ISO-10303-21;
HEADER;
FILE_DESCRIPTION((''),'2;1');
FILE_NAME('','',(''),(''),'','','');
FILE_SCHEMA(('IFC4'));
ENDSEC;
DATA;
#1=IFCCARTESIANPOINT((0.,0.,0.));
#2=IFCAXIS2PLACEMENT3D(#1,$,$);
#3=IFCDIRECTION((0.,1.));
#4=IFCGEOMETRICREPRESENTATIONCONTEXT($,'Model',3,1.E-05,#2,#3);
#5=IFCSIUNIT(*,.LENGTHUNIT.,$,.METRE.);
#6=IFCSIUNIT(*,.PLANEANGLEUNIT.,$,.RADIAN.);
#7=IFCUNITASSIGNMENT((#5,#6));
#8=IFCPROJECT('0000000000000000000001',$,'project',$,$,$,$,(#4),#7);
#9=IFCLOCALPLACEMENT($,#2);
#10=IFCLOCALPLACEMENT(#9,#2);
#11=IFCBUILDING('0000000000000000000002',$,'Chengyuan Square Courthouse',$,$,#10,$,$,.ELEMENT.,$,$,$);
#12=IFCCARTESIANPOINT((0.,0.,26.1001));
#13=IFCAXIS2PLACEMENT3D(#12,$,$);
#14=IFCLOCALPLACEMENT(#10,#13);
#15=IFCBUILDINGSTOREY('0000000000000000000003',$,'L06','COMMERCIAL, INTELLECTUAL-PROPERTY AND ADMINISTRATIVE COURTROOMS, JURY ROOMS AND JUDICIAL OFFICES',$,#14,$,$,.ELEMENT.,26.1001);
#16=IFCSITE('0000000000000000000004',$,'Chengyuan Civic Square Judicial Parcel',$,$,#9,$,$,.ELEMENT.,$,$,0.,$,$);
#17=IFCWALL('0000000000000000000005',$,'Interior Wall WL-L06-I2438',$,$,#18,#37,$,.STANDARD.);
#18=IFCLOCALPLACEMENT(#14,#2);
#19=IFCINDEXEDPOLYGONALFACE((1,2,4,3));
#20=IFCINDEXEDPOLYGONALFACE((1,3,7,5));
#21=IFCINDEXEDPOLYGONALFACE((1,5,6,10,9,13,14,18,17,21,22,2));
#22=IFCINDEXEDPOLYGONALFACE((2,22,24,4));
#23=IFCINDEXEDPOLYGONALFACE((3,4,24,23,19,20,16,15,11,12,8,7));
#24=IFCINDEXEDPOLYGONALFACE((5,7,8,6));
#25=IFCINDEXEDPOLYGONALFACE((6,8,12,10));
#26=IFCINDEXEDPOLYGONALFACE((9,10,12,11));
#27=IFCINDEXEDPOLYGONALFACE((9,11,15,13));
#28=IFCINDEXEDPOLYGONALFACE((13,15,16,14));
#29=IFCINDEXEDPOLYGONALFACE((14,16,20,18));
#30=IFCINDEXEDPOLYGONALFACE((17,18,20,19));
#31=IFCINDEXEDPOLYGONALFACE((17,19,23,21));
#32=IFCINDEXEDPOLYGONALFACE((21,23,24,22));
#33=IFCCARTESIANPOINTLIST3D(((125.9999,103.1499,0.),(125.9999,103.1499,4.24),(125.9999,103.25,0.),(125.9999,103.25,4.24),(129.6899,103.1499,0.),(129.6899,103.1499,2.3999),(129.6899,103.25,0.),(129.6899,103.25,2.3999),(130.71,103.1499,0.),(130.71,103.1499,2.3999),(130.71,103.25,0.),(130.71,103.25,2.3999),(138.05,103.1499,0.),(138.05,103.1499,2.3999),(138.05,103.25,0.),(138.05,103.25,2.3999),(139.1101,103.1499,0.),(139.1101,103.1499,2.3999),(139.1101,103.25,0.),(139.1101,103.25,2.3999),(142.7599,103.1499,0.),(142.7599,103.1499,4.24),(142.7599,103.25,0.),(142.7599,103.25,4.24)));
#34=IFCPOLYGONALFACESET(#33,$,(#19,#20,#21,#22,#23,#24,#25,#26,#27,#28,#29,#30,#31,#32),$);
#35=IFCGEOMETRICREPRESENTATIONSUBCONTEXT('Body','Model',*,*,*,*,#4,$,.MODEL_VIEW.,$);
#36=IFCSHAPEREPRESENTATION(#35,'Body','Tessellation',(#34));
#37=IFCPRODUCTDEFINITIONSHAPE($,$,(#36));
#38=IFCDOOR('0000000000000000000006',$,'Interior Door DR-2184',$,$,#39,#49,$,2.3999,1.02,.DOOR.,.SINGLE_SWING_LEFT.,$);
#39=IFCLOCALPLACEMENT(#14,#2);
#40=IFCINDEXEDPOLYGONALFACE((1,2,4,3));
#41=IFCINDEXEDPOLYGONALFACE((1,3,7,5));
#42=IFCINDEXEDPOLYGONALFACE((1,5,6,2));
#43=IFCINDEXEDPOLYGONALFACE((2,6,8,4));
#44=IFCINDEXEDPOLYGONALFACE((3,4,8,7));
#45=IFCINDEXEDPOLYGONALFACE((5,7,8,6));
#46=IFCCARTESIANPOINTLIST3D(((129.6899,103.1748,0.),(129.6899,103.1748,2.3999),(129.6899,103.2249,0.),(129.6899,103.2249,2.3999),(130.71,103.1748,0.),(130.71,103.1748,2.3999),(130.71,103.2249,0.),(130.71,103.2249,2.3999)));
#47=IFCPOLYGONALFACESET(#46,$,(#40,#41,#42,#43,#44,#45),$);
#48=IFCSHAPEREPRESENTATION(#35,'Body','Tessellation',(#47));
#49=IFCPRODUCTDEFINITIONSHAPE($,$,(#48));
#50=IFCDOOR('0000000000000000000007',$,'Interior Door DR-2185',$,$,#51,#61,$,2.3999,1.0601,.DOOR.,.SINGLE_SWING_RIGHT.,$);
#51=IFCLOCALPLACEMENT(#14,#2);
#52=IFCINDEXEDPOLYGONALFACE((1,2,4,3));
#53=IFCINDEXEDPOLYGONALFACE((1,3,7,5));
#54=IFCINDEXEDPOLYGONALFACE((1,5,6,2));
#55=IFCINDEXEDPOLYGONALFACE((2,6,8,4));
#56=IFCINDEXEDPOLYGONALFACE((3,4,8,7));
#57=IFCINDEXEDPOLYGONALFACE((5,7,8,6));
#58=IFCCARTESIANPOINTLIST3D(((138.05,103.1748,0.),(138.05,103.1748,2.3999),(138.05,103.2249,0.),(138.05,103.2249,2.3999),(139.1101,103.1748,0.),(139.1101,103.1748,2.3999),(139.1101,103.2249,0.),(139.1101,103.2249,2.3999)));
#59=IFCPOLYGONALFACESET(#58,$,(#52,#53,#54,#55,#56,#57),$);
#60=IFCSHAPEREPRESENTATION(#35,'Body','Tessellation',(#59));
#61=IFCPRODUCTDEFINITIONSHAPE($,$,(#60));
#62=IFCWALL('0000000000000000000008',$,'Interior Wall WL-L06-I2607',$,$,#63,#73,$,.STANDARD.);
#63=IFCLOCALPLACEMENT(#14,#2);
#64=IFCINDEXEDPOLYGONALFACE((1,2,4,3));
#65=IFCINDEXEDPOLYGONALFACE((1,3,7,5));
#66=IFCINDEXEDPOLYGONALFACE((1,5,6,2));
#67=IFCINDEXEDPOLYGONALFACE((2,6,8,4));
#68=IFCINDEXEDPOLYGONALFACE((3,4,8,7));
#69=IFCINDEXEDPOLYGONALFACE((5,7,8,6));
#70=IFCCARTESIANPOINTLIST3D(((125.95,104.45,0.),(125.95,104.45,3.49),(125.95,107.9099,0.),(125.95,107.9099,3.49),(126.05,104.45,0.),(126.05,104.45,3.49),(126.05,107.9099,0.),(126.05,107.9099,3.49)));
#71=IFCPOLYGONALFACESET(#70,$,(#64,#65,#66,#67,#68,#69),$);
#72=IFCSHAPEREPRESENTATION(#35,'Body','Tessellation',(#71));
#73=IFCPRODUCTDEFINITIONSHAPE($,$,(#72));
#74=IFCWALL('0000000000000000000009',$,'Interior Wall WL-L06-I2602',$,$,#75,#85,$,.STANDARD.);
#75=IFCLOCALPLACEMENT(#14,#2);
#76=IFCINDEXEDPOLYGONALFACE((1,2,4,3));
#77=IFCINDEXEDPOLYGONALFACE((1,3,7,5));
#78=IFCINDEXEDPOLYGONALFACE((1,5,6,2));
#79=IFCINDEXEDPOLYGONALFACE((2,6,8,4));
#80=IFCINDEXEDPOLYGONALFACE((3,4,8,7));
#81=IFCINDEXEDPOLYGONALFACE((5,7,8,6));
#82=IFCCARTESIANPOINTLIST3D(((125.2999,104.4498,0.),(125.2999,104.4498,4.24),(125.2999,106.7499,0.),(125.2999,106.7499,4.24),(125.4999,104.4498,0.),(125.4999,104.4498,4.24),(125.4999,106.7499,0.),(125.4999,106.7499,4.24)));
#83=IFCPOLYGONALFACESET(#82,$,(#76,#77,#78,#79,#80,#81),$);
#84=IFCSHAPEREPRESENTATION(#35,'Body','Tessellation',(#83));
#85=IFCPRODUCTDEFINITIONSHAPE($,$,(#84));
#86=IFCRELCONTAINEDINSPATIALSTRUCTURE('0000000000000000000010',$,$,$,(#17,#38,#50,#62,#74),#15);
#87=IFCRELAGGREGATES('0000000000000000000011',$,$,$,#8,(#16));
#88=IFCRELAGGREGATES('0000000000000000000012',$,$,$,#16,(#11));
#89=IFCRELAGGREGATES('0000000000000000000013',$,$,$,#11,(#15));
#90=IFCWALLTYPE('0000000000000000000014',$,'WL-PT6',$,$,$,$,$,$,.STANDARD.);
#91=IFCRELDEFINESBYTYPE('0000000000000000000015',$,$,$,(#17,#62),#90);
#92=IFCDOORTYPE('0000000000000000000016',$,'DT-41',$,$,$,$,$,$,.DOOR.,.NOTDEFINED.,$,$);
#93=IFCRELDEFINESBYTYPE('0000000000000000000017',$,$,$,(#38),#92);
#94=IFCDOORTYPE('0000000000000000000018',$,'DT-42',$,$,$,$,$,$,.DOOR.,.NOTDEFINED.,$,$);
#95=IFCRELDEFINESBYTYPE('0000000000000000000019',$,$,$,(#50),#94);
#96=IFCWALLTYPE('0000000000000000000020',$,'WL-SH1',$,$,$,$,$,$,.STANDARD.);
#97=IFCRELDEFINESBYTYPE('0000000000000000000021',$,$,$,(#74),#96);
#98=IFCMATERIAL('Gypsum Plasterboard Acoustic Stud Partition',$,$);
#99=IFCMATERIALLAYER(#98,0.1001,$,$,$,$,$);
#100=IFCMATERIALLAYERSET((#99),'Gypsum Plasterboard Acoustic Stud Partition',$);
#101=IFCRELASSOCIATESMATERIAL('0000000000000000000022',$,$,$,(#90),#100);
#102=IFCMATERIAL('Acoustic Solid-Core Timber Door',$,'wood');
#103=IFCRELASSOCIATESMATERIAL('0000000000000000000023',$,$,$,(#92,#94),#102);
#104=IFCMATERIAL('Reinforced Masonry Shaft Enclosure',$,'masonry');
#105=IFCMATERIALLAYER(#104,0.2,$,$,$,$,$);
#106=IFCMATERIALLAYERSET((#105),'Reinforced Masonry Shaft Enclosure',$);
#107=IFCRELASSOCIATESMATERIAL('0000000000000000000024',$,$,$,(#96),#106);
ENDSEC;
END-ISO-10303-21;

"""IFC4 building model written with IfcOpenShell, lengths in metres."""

from ifc_helpers import new_model, si_unit, direction, frame, frame_2d, origin, place, context, subcontext, project, spatial, rectangle, extrude, material, layer, layer_set, type_object, element, fill, save


model = new_model("IFC4")

# Units and contexts
model_context = context("Model", 3, precision=1e-05, world=origin(), true_north=direction((0.0, 1.0)))
body_context = subcontext(model_context, "Body", "Model", "MODEL_VIEW")
ifc_project = project(units=[si_unit("LENGTHUNIT", "METRE"), si_unit("PLANEANGLEUNIT", "RADIAN")], contexts=[model_context])

# Site, building, storey
site_placement = place(None, origin())
site = spatial("IfcSite", under=ifc_project, at=site_placement, Name="Chengyuan Civic Square Judicial Parcel", CompositionType="ELEMENT", RefElevation=0.0)
building_placement = place(site_placement, origin())
building = spatial("IfcBuilding", under=site, at=building_placement, Name="Chengyuan Square Courthouse", CompositionType="ELEMENT")
storey_placement = place(building_placement, frame((0.0, 0.0, 26.1001)))
storey = spatial("IfcBuildingStorey", under=building, at=storey_placement, Name="L06", Description="COMMERCIAL, INTELLECTUAL-PROPERTY AND ADMINISTRATIVE COURTROOMS, JURY ROOMS AND JUDICIAL OFFICES", CompositionType="ELEMENT", Elevation=26.1001)

# Wall, openings, doors
ifc_material_1 = material(Name="Gypsum Plasterboard Acoustic Stud Partition")
ifc_layer_1 = layer(ifc_material_1, 0.1001)
ifc_layer_set_1 = layer_set([ifc_layer_1], Name="Gypsum Plasterboard Acoustic Stud Partition")
wall_type_1 = type_object("IfcWallType", Name="WL-PT6", PredefinedType="STANDARD", material=ifc_layer_set_1)
wall_1_placement = place(storey_placement, frame((126.0, 103.2, 0.0), z_axis=(0.0, 0.0, 1.0), x_axis=(1.0, 0.0, 0.0)))
wall_1 = element("IfcWall", 1, at=wall_1_placement, inside=storey, type_object=wall_type_1, Name="Interior Wall WL-L06-I2438", PredefinedType="STANDARD", context=body_context, shape_type="SweptSolid", body=[
    extrude(rectangle(XDim=16.76, YDim=0.1001, at=frame_2d((8.3799, 0.0))), origin(), (0.0, 0.0, 1.0), 4.24),
])
opening_1_placement = place(wall_1_placement, frame((3.6899, 0.0, 0.0)))
opening_1 = element("IfcOpeningElement", 2, at=opening_1_placement, cuts=wall_1, PredefinedType="OPENING", context=body_context, shape_type="SweptSolid", body=[
    extrude(rectangle(XDim=1.02, YDim=2.3999, at=frame_2d((0.51, 1.2))), frame((0.0, 0.062, 0.0), z_axis=(0.0, -1.0, 0.0), x_axis=(1.0, 0.0, 0.0)), (0.0, 0.0, 1.0), 0.124),
])
opening_2_placement = place(wall_1_placement, frame((12.05, 0.0, 0.0)))
opening_2 = element("IfcOpeningElement", 3, at=opening_2_placement, cuts=wall_1, PredefinedType="OPENING", context=body_context, shape_type="SweptSolid", body=[
    extrude(rectangle(XDim=1.0601, YDim=2.3999, at=frame_2d((0.53, 1.2))), frame((0.0, 0.062, 0.0), z_axis=(0.0, -1.0, 0.0), x_axis=(1.0, 0.0, 0.0)), (0.0, 0.0, 1.0), 0.124),
])
ifc_material_2 = material(Name="Acoustic Solid-Core Timber Door", Category="wood")
door_type_1 = type_object("IfcDoorType", Name="DT-41", OperationType="NOTDEFINED", PredefinedType="DOOR", material=ifc_material_2)
door_1_placement = place(opening_1_placement, origin())
door_1 = element("IfcDoor", 4, at=door_1_placement, inside=storey, type_object=door_type_1, Name="Interior Door DR-2184", OperationType="SINGLE_SWING_LEFT", OverallHeight=2.3999, OverallWidth=1.02, PredefinedType="DOOR", context=body_context, shape_type="SweptSolid", body=[
    extrude(rectangle(XDim=1.02, YDim=2.3999, at=frame_2d((0.51, 1.2))), frame((0.0, 0.0249, 0.0), z_axis=(0.0, -1.0, 0.0), x_axis=(1.0, 0.0, 0.0)), (0.0, 0.0, 1.0), 0.05),
])
fill(opening_1, door_1)
door_type_2 = type_object("IfcDoorType", Name="DT-42", OperationType="NOTDEFINED", PredefinedType="DOOR", material=ifc_material_2)
door_2_placement = place(opening_2_placement, origin())
door_2 = element("IfcDoor", 5, at=door_2_placement, inside=storey, type_object=door_type_2, Name="Interior Door DR-2185", OperationType="SINGLE_SWING_RIGHT", OverallHeight=2.3999, OverallWidth=1.0601, PredefinedType="DOOR", context=body_context, shape_type="SweptSolid", body=[
    extrude(rectangle(XDim=1.0601, YDim=2.3999, at=frame_2d((0.53, 1.2))), frame((0.0, 0.0249, 0.0), z_axis=(0.0, -1.0, 0.0), x_axis=(1.0, 0.0, 0.0)), (0.0, 0.0, 1.0), 0.05),
])
fill(opening_2, door_2)

# Walls
wall_2_placement = place(storey_placement, frame((126.0, 104.45, 0.0), z_axis=(0.0, 0.0, 1.0), x_axis=(0.0, 1.0, 0.0)))
element("IfcWall", 6, at=wall_2_placement, inside=storey, type_object=wall_type_1, Name="Interior Wall WL-L06-I2607", PredefinedType="STANDARD", context=body_context, shape_type="SweptSolid", body=[
    extrude(rectangle(XDim=3.46, YDim=0.1001, at=frame_2d((1.73, 0.0))), origin(), (0.0, 0.0, 1.0), 3.49),
])
ifc_material_3 = material(Name="Reinforced Masonry Shaft Enclosure", Category="masonry")
ifc_layer_2 = layer(ifc_material_3, 0.2)
ifc_layer_set_2 = layer_set([ifc_layer_2], Name="Reinforced Masonry Shaft Enclosure")
wall_type_2 = type_object("IfcWallType", Name="WL-SH1", PredefinedType="STANDARD", material=ifc_layer_set_2)
wall_3_placement = place(storey_placement, frame((125.3999, 104.45, 0.0), z_axis=(0.0, 0.0, 1.0), x_axis=(0.0, 1.0, 0.0)))
element("IfcWall", 7, at=wall_3_placement, inside=storey, type_object=wall_type_2, Name="Interior Wall WL-L06-I2602", PredefinedType="STANDARD", context=body_context, shape_type="SweptSolid", body=[
    extrude(rectangle(XDim=2.3, YDim=0.2, at=frame_2d((1.1499, 0.0))), origin(), (0.0, 0.0, 1.0), 4.24),
])

save(model, "model.ifc")
